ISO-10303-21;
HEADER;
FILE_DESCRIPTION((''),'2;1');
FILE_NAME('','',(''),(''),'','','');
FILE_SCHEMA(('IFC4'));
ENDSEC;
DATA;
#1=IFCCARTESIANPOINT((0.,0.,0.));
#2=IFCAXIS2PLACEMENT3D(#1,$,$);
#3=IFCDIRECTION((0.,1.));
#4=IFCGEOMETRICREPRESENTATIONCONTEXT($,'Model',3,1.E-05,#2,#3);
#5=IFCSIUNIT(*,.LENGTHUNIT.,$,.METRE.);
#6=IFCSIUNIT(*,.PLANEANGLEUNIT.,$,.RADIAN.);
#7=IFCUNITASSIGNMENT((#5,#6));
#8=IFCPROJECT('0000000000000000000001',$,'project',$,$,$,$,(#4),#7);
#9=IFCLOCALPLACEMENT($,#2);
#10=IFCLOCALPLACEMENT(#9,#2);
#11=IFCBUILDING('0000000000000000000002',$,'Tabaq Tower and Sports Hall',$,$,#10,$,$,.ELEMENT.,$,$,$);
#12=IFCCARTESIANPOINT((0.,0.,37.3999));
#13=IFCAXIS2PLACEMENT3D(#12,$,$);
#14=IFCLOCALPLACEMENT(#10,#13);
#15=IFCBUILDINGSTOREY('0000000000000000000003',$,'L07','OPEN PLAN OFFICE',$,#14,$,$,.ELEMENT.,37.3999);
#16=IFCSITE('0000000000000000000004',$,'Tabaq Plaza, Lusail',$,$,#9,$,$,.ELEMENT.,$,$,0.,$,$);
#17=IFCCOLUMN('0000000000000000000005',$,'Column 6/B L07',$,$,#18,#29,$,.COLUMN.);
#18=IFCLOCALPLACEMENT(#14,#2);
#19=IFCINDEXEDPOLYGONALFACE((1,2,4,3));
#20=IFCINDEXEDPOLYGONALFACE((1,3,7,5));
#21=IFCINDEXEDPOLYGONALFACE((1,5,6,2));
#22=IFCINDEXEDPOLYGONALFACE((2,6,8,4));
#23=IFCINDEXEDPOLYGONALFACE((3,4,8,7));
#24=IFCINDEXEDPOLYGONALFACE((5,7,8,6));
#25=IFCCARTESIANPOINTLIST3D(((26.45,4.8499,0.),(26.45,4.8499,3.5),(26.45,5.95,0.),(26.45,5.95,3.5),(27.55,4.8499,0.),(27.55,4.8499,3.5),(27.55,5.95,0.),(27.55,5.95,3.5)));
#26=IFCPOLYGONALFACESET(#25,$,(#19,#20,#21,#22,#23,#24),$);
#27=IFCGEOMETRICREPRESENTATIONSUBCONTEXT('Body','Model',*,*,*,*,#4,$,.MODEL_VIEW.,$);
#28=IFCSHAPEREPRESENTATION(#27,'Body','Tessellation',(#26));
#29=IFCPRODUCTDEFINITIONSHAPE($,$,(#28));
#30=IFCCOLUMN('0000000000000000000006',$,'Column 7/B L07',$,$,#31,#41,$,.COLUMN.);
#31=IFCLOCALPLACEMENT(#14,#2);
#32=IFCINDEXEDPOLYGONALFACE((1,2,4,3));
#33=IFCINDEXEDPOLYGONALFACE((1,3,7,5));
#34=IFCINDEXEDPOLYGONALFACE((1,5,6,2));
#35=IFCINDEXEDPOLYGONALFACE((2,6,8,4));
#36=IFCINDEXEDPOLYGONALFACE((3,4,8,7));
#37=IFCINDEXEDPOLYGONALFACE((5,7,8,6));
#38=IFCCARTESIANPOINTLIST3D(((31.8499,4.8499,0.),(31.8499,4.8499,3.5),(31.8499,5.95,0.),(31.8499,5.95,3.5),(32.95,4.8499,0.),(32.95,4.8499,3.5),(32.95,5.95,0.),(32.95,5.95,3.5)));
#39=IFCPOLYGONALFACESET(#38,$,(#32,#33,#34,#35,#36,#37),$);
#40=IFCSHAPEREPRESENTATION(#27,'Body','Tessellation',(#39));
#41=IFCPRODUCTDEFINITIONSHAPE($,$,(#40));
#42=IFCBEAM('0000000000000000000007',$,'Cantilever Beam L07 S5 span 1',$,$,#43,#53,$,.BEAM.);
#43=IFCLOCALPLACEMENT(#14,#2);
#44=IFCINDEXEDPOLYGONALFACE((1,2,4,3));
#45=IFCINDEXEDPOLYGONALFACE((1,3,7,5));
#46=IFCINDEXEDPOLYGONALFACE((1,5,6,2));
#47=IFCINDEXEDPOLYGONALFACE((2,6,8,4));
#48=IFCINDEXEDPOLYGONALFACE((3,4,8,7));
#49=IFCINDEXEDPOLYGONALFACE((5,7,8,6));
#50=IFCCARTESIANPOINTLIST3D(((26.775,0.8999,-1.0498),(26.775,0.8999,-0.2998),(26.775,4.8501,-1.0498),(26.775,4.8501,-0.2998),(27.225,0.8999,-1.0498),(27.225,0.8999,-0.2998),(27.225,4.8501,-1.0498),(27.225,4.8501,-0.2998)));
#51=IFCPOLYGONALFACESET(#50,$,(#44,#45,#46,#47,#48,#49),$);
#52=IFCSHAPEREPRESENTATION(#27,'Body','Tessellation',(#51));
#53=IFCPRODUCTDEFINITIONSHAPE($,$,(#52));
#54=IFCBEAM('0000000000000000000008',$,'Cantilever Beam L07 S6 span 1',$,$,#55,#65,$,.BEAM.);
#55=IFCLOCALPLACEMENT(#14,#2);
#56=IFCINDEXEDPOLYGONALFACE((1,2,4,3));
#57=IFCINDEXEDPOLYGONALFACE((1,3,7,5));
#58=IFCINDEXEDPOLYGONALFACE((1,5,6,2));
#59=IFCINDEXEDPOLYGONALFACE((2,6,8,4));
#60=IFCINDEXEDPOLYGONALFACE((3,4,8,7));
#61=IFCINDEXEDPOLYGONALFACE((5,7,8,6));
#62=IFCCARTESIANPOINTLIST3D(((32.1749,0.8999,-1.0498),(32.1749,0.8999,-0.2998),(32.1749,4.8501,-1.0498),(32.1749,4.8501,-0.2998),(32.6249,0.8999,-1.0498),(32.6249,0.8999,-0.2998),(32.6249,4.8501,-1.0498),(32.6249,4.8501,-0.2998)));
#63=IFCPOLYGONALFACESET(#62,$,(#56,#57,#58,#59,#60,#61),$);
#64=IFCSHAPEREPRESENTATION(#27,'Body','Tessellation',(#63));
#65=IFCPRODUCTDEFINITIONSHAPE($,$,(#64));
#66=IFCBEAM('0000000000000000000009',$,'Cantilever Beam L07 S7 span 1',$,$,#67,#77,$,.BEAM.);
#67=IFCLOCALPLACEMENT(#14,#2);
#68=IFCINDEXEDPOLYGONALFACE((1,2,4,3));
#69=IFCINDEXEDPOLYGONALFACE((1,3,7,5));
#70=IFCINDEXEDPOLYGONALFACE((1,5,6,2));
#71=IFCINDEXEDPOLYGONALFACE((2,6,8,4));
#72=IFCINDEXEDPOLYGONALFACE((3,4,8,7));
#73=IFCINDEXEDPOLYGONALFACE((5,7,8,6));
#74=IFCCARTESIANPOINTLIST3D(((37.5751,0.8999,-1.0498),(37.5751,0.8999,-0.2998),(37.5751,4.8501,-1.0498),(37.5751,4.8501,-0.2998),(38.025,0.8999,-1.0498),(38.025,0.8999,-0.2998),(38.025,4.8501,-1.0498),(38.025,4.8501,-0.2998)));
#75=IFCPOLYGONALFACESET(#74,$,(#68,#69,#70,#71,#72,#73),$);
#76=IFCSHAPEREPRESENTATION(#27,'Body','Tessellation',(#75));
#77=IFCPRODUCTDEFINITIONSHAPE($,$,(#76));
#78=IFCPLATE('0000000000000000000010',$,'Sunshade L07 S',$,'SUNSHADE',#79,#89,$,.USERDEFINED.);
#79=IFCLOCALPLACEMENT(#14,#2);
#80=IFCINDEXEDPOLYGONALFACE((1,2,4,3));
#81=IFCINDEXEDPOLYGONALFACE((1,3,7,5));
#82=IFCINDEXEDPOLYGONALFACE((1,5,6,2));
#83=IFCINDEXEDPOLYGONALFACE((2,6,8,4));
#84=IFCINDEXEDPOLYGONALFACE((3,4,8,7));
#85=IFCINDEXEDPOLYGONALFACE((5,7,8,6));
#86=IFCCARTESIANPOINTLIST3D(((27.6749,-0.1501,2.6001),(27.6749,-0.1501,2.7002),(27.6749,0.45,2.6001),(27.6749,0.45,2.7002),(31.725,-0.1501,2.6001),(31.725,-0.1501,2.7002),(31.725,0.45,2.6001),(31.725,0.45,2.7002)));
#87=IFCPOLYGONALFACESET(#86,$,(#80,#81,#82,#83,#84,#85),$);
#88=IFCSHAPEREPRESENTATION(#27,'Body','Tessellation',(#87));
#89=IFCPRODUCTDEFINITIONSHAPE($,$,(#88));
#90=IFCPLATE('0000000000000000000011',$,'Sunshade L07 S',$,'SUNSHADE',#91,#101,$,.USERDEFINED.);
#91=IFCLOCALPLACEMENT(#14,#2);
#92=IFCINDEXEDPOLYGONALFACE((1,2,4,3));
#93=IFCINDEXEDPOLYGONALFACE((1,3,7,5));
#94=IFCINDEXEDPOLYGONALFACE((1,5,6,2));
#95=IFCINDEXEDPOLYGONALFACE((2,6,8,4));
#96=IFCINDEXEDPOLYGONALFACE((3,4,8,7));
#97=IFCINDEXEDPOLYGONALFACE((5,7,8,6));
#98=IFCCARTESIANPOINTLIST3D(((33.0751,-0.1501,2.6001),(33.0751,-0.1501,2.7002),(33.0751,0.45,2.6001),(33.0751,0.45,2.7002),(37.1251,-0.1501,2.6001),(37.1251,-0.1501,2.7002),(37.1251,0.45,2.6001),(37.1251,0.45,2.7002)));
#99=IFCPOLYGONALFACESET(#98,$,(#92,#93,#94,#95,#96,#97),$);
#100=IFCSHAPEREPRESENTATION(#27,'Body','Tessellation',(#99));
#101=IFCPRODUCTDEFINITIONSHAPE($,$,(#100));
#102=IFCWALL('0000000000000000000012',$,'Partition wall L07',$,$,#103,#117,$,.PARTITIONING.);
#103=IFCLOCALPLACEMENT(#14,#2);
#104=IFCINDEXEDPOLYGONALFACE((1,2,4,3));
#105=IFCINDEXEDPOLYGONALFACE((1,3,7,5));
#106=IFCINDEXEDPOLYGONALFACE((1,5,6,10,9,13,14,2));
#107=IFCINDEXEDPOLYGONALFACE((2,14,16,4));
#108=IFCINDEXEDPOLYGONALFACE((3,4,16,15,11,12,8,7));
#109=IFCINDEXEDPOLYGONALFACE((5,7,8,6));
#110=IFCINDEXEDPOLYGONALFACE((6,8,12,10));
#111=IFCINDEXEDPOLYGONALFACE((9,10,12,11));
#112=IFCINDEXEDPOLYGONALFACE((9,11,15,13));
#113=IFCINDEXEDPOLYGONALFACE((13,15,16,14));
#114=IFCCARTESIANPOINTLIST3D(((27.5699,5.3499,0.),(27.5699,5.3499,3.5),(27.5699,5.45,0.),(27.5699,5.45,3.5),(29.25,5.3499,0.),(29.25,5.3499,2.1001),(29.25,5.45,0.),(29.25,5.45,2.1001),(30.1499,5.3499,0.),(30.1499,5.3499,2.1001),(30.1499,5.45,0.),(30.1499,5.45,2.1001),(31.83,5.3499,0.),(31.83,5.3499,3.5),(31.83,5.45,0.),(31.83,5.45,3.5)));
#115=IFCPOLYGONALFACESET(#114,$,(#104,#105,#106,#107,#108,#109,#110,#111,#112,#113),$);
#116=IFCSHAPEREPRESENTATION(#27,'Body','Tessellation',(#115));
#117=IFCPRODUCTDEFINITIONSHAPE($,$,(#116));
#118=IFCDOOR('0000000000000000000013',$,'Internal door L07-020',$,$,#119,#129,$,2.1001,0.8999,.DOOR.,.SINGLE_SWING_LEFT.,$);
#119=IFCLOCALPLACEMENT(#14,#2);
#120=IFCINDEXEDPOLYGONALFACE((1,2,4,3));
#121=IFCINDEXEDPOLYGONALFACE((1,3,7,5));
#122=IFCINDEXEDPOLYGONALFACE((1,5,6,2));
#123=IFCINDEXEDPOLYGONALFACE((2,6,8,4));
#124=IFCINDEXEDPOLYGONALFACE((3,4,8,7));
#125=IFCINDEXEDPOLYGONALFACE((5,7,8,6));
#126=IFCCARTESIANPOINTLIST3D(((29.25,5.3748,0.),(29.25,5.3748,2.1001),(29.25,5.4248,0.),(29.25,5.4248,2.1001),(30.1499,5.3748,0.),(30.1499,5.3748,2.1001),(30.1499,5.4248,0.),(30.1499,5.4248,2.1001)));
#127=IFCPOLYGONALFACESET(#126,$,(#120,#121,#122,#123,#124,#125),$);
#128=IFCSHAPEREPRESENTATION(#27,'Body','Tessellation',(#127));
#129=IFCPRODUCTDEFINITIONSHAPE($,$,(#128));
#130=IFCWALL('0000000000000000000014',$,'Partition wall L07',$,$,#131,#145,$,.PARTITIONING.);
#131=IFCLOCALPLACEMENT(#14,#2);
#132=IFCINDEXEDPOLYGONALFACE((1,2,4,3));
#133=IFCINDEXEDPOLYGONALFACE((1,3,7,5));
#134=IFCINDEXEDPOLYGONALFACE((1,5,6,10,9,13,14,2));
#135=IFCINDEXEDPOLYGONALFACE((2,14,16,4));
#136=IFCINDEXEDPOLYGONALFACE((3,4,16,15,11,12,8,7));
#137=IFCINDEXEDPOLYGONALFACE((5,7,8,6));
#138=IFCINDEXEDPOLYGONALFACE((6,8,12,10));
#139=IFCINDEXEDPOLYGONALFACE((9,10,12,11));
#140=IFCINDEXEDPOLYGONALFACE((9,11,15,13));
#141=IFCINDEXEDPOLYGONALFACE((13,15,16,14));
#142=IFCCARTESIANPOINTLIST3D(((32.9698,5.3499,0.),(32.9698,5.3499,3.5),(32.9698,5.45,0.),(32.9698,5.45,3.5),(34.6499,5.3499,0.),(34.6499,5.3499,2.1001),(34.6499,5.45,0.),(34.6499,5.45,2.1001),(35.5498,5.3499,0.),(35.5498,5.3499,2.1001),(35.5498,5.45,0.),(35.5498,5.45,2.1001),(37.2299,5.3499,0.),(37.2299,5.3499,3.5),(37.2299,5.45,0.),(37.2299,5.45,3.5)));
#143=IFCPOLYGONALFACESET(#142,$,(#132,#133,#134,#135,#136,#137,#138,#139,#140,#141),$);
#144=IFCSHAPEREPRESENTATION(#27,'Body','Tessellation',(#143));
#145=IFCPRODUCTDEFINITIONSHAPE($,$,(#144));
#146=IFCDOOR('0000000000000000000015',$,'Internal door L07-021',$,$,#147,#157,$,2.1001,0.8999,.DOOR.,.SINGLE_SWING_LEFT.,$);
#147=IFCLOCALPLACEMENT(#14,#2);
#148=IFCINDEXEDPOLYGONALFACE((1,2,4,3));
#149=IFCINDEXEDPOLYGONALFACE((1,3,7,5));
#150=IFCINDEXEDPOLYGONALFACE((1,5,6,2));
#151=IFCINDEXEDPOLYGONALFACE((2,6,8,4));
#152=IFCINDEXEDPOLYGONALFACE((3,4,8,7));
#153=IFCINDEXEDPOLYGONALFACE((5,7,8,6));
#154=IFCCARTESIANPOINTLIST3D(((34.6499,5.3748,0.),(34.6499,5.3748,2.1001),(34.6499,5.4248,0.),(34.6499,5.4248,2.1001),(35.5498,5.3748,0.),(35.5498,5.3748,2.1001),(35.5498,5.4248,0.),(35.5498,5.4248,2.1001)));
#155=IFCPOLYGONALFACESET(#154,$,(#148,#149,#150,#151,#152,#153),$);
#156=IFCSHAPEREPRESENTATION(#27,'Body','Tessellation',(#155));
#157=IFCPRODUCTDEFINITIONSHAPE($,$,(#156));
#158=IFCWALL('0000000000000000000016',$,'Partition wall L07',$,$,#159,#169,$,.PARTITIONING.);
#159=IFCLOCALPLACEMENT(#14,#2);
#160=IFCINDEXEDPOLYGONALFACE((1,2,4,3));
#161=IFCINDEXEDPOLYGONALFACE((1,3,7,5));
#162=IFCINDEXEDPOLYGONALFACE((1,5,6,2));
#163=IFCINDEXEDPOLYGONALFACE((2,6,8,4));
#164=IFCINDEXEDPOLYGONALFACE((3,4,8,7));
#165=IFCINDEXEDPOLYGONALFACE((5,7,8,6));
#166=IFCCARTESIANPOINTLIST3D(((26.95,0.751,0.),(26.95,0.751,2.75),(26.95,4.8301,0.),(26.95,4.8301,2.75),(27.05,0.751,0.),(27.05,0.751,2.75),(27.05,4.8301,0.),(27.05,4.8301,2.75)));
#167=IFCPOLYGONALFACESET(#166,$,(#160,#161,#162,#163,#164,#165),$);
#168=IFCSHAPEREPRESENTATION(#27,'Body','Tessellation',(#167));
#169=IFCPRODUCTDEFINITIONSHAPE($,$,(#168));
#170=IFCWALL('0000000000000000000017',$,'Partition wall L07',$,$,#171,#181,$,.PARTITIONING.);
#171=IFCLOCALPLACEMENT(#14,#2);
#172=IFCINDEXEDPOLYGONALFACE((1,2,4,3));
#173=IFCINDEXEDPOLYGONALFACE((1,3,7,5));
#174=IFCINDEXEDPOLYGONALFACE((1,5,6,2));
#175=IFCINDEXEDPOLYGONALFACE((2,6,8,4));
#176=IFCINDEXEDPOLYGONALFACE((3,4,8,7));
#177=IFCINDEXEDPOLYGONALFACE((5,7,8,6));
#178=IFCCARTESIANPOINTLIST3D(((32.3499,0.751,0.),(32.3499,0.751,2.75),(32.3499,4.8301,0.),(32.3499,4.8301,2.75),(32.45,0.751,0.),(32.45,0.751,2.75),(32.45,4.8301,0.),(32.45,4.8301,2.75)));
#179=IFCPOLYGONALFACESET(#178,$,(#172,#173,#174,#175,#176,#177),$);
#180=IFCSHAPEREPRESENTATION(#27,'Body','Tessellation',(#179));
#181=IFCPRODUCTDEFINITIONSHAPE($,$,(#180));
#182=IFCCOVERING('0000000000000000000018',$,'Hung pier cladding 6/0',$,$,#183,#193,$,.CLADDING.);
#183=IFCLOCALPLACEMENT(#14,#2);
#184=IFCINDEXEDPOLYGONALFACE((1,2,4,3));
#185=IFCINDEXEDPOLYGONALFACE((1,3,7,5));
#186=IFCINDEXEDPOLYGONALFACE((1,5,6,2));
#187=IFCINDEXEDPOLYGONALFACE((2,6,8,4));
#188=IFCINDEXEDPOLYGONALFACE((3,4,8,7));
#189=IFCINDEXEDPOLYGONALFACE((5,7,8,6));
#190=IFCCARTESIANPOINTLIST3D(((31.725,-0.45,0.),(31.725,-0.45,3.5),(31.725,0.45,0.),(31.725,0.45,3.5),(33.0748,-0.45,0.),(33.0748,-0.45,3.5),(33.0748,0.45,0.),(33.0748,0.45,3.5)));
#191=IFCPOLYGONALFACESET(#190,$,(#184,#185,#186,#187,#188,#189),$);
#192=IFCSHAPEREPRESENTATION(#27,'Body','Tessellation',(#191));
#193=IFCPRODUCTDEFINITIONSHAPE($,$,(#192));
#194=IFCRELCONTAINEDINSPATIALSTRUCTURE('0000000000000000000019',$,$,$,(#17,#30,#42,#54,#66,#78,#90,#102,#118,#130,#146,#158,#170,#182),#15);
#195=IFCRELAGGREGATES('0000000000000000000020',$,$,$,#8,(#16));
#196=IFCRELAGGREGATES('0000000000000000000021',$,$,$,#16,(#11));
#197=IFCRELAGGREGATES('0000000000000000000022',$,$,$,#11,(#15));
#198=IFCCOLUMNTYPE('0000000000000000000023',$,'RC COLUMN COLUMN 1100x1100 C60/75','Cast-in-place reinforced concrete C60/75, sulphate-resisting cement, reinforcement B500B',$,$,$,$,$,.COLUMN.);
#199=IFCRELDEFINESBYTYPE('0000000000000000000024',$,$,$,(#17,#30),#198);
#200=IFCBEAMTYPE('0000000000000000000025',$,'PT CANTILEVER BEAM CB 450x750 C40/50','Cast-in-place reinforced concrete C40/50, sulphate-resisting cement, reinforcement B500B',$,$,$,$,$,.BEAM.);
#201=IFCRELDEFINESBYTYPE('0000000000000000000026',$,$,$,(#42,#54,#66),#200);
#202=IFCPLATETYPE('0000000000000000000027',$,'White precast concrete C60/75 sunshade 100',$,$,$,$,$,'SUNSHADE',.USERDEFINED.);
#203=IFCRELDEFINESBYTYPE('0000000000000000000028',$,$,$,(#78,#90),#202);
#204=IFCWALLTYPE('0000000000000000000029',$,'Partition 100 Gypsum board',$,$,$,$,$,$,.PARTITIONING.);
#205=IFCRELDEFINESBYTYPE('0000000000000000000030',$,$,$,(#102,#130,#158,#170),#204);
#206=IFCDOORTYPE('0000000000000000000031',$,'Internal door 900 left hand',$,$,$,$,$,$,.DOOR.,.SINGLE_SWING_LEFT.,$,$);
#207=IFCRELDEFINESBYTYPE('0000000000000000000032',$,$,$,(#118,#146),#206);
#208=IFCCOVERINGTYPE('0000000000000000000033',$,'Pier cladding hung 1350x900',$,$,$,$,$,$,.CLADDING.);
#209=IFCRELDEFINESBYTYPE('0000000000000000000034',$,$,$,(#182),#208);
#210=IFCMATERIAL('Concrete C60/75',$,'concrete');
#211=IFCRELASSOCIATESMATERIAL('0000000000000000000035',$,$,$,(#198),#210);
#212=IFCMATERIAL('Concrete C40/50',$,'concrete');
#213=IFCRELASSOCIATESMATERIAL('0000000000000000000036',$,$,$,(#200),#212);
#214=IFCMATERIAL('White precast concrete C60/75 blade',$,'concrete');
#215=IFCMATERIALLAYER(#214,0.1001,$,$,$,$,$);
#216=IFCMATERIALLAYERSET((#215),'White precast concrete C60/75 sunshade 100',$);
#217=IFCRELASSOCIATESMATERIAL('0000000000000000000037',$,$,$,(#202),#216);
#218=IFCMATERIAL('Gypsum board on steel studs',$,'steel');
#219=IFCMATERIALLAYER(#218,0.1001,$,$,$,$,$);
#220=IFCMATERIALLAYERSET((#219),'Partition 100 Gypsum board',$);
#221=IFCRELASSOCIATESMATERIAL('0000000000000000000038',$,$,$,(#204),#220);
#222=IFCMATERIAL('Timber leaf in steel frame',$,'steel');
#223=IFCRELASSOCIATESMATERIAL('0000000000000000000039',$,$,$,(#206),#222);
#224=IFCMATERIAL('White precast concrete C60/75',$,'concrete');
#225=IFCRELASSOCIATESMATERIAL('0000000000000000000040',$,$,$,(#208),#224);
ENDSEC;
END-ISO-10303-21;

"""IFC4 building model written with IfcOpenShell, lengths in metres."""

from ifc_helpers import new_model, si_unit, direction, frame, frame_2d, origin, origin_2d, place, context, subcontext, project, spatial, rectangle, extrude, material, layer, layer_set, material_profile, profile_set, type_object, element, fill, save


model = new_model("IFC4")

# Units and contexts
model_context = context("Model", 3, precision=1e-05, world=origin(), true_north=direction((0.0, 1.0)))
body_context = subcontext(model_context, "Body", "Model", "MODEL_VIEW")
ifc_project = project(units=[si_unit("LENGTHUNIT", "METRE"), si_unit("PLANEANGLEUNIT", "RADIAN")], contexts=[model_context])

# Site, building, storey
site_placement = place(None, origin())
site = spatial("IfcSite", under=ifc_project, at=site_placement, Name="Tabaq Plaza, Lusail", CompositionType="ELEMENT", RefElevation=0.0)
building_placement = place(site_placement, origin())
building = spatial("IfcBuilding", under=site, at=building_placement, Name="Tabaq Tower and Sports Hall", CompositionType="ELEMENT")
storey_placement = place(building_placement, frame((0.0, 0.0, 37.3999)))
storey = spatial("IfcBuildingStorey", under=building, at=storey_placement, Name="L07", Description="OPEN PLAN OFFICE", CompositionType="ELEMENT", Elevation=37.3999)

# Columns
ifc_material_1 = material(Name="Concrete C60/75", Category="concrete")
ifc_material_profile_1 = material_profile(ifc_material_1, rectangle(XDim=1.1001, YDim=1.1001, at=origin_2d()), Name="COLUMN 1100x1100")
ifc_profile_set_1 = profile_set([ifc_material_profile_1], Name="Concrete C60/75")
column_type = type_object("IfcColumnType", Name="RC COLUMN COLUMN 1100x1100 C60/75", Description="Cast-in-place reinforced concrete C60/75, sulphate-resisting cement, reinforcement B500B", PredefinedType="COLUMN", material=ifc_profile_set_1)
for number, where, z_axis, x_axis, name in (
    (1, (27.0, 5.3999, 0.0), (0.0, 0.0, 1.0), (1.0, 0.0, 0.0), "Column 6/B L07"),
    (2, (32.3999, 5.3999, 0.0), (0.0, 0.0, 1.0), (1.0, 0.0, 0.0), "Column 7/B L07"),
):
    element("IfcColumn", number, at=place(storey_placement, frame(where, z_axis=z_axis, x_axis=x_axis)), inside=storey, type_object=column_type, Name=name, PredefinedType="COLUMN", context=body_context, shape_type="SweptSolid", body=[
        extrude(rectangle(XDim=1.1001, YDim=1.1001, at=origin_2d()), origin(), (0.0, 0.0, 1.0), 3.5),
    ])

# Beams
ifc_material_2 = material(Name="Concrete C40/50", Category="concrete")
ifc_material_profile_2 = material_profile(ifc_material_2, rectangle(XDim=0.45, YDim=0.75, at=origin_2d()), Name="CB 450x750")
ifc_profile_set_2 = profile_set([ifc_material_profile_2], Name="Concrete C40/50")
beam_type = type_object("IfcBeamType", Name="PT CANTILEVER BEAM CB 450x750 C40/50", Description="Cast-in-place reinforced concrete C40/50, sulphate-resisting cement, reinforcement B500B", PredefinedType="BEAM", material=ifc_profile_set_2)
for number, where, z_axis, x_axis, name in (
    (3, (27.0, 0.8999, -0.6748), (0.0, 1.0, 0.0), (-1.0, 0.0, 0.0), "Cantilever Beam L07 S5 span 1"),
    (4, (32.3999, 0.8999, -0.6748), (0.0, 1.0, 0.0), (-1.0, 0.0, 0.0), "Cantilever Beam L07 S6 span 1"),
    (5, (37.8, 0.8999, -0.6748), (0.0, 1.0, 0.0), (-1.0, 0.0, 0.0), "Cantilever Beam L07 S7 span 1"),
):
    element("IfcBeam", number, at=place(storey_placement, frame(where, z_axis=z_axis, x_axis=x_axis)), inside=storey, type_object=beam_type, Name=name, PredefinedType="BEAM", context=body_context, shape_type="SweptSolid", body=[
        extrude(rectangle(XDim=0.45, YDim=0.75, at=origin_2d()), origin(), (0.0, 0.0, 1.0), 3.9502),
    ])

# Plates
ifc_material_3 = material(Name="White precast concrete C60/75 blade", Category="concrete")
ifc_layer_1 = layer(ifc_material_3, 0.1001)
ifc_layer_set_1 = layer_set([ifc_layer_1], Name="White precast concrete C60/75 sunshade 100")
plate_type = type_object("IfcPlateType", Name="White precast concrete C60/75 sunshade 100", ElementType="SUNSHADE", PredefinedType="USERDEFINED", material=ifc_layer_set_1)
for number, where, z_axis, x_axis, name in (
    (6, (29.7, 0.1499, 2.6001), (0.0, 0.0, 1.0), (1.0, 0.0, 0.0), "Sunshade L07 S"),
    (7, (35.1001, 0.1499, 2.6001), (0.0, 0.0, 1.0), (1.0, 0.0, 0.0), "Sunshade L07 S"),
):
    element("IfcPlate", number, at=place(storey_placement, frame(where, z_axis=z_axis, x_axis=x_axis)), inside=storey, type_object=plate_type, Name=name, ObjectType="SUNSHADE", PredefinedType="USERDEFINED", context=body_context, shape_type="SweptSolid", body=[
        extrude(rectangle(XDim=4.05, YDim=0.6001, at=origin_2d()), origin(), (0.0, 0.0, 1.0), 0.1001),
    ])

# Walls, openings, doors
ifc_material_4 = material(Name="Gypsum board on steel studs", Category="steel")
ifc_layer_2 = layer(ifc_material_4, 0.1001)
ifc_layer_set_2 = layer_set([ifc_layer_2], Name="Partition 100 Gypsum board")
wall_type = type_object("IfcWallType", Name="Partition 100 Gypsum board", PredefinedType="PARTITIONING", material=ifc_layer_set_2)
wall_1_placement = place(storey_placement, frame((27.5701, 5.3999, 0.0), z_axis=(0.0, 0.0, 1.0), x_axis=(1.0, 0.0, 0.0)))
wall_1 = element("IfcWall", 8, at=wall_1_placement, inside=storey, type_object=wall_type, Name="Partition wall L07", PredefinedType="PARTITIONING", context=body_context, shape_type="SweptSolid", body=[
    extrude(rectangle(XDim=4.26, YDim=0.1001, at=frame_2d((2.1299, 0.0))), origin(), (0.0, 0.0, 1.0), 3.5),
])
opening_1_placement = place(wall_1_placement, frame((1.6799, 0.0, 0.0)))
opening_1 = element("IfcOpeningElement", 9, at=opening_1_placement, cuts=wall_1, PredefinedType="OPENING", context=body_context, shape_type="SweptSolid", body=[
    extrude(rectangle(XDim=0.8999, YDim=2.1001, at=frame_2d((0.45, 1.05))), frame((0.0, 0.05, 0.0), z_axis=(0.0, -1.0, 0.0), x_axis=(1.0, 0.0, 0.0)), (0.0, 0.0, 1.0), 0.1001),
])
ifc_material_5 = material(Name="Timber leaf in steel frame", Category="steel")
door_type = type_object("IfcDoorType", Name="Internal door 900 left hand", OperationType="SINGLE_SWING_LEFT", PredefinedType="DOOR", material=ifc_material_5)
door_1_placement = place(opening_1_placement, origin())
door_1 = element("IfcDoor", 10, at=door_1_placement, inside=storey, type_object=door_type, Name="Internal door L07-020", OperationType="SINGLE_SWING_LEFT", OverallHeight=2.1001, OverallWidth=0.8999, PredefinedType="DOOR", context=body_context, shape_type="SweptSolid", body=[
    extrude(rectangle(XDim=0.8999, YDim=2.1001, at=frame_2d((0.45, 1.05))), frame((0.0, 0.0249, 0.0), z_axis=(0.0, -1.0, 0.0), x_axis=(1.0, 0.0, 0.0)), (0.0, 0.0, 1.0), 0.05),
])
fill(opening_1, door_1)
wall_2_placement = place(storey_placement, frame((32.97, 5.3999, 0.0), z_axis=(0.0, 0.0, 1.0), x_axis=(1.0, 0.0, 0.0)))
wall_2 = element("IfcWall", 11, at=wall_2_placement, inside=storey, type_object=wall_type, Name="Partition wall L07", PredefinedType="PARTITIONING", context=body_context, shape_type="SweptSolid", body=[
    extrude(rectangle(XDim=4.26, YDim=0.1001, at=frame_2d((2.1299, 0.0))), origin(), (0.0, 0.0, 1.0), 3.5),
])
opening_2_placement = place(wall_2_placement, frame((1.6799, 0.0, 0.0)))
opening_2 = element("IfcOpeningElement", 12, at=opening_2_placement, cuts=wall_2, PredefinedType="OPENING", context=body_context, shape_type="SweptSolid", body=[
    extrude(rectangle(XDim=0.8999, YDim=2.1001, at=frame_2d((0.45, 1.05))), frame((0.0, 0.05, 0.0), z_axis=(0.0, -1.0, 0.0), x_axis=(1.0, 0.0, 0.0)), (0.0, 0.0, 1.0), 0.1001),
])
door_2_placement = place(opening_2_placement, origin())
door_2 = element("IfcDoor", 13, at=door_2_placement, inside=storey, type_object=door_type, Name="Internal door L07-021", OperationType="SINGLE_SWING_LEFT", OverallHeight=2.1001, OverallWidth=0.8999, PredefinedType="DOOR", context=body_context, shape_type="SweptSolid", body=[
    extrude(rectangle(XDim=0.8999, YDim=2.1001, at=frame_2d((0.45, 1.05))), frame((0.0, 0.0249, 0.0), z_axis=(0.0, -1.0, 0.0), x_axis=(1.0, 0.0, 0.0)), (0.0, 0.0, 1.0), 0.05),
])
fill(opening_2, door_2)

# Walls
for number, where, z_axis, x_axis, name in (
    (14, (27.0, 4.8301, 0.0), (0.0, 0.0, 1.0), (0.0, -1.0, 0.0), "Partition wall L07"),
    (15, (32.3999, 4.8301, 0.0), (0.0, 0.0, 1.0), (0.0, -1.0, 0.0), "Partition wall L07"),
):
    element("IfcWall", number, at=place(storey_placement, frame(where, z_axis=z_axis, x_axis=x_axis)), inside=storey, type_object=wall_type, Name=name, PredefinedType="PARTITIONING", context=body_context, shape_type="SweptSolid", body=[
        extrude(rectangle(XDim=4.0791, YDim=0.1001, at=frame_2d((2.0396, 0.0))), origin(), (0.0, 0.0, 1.0), 2.75),
    ])

# Covering
ifc_material_6 = material(Name="White precast concrete C60/75", Category="concrete")
covering_type_1 = type_object("IfcCoveringType", Name="Pier cladding hung 1350x900", PredefinedType="CLADDING", material=ifc_material_6)
covering_1_placement = place(storey_placement, frame((31.7251, 0.0, 0.0), z_axis=(0.0, 0.0, 1.0), x_axis=(1.0, 0.0, 0.0)))
element("IfcCovering", 16, at=covering_1_placement, inside=storey, type_object=covering_type_1, Name="Hung pier cladding 6/0", PredefinedType="CLADDING", context=body_context, shape_type="SweptSolid", body=[
    extrude(rectangle(XDim=1.3499, YDim=0.8999, at=frame_2d((0.6748, 0.0))), origin(), (0.0, 0.0, 1.0), 3.5),
])

save(model, "model.ifc")
